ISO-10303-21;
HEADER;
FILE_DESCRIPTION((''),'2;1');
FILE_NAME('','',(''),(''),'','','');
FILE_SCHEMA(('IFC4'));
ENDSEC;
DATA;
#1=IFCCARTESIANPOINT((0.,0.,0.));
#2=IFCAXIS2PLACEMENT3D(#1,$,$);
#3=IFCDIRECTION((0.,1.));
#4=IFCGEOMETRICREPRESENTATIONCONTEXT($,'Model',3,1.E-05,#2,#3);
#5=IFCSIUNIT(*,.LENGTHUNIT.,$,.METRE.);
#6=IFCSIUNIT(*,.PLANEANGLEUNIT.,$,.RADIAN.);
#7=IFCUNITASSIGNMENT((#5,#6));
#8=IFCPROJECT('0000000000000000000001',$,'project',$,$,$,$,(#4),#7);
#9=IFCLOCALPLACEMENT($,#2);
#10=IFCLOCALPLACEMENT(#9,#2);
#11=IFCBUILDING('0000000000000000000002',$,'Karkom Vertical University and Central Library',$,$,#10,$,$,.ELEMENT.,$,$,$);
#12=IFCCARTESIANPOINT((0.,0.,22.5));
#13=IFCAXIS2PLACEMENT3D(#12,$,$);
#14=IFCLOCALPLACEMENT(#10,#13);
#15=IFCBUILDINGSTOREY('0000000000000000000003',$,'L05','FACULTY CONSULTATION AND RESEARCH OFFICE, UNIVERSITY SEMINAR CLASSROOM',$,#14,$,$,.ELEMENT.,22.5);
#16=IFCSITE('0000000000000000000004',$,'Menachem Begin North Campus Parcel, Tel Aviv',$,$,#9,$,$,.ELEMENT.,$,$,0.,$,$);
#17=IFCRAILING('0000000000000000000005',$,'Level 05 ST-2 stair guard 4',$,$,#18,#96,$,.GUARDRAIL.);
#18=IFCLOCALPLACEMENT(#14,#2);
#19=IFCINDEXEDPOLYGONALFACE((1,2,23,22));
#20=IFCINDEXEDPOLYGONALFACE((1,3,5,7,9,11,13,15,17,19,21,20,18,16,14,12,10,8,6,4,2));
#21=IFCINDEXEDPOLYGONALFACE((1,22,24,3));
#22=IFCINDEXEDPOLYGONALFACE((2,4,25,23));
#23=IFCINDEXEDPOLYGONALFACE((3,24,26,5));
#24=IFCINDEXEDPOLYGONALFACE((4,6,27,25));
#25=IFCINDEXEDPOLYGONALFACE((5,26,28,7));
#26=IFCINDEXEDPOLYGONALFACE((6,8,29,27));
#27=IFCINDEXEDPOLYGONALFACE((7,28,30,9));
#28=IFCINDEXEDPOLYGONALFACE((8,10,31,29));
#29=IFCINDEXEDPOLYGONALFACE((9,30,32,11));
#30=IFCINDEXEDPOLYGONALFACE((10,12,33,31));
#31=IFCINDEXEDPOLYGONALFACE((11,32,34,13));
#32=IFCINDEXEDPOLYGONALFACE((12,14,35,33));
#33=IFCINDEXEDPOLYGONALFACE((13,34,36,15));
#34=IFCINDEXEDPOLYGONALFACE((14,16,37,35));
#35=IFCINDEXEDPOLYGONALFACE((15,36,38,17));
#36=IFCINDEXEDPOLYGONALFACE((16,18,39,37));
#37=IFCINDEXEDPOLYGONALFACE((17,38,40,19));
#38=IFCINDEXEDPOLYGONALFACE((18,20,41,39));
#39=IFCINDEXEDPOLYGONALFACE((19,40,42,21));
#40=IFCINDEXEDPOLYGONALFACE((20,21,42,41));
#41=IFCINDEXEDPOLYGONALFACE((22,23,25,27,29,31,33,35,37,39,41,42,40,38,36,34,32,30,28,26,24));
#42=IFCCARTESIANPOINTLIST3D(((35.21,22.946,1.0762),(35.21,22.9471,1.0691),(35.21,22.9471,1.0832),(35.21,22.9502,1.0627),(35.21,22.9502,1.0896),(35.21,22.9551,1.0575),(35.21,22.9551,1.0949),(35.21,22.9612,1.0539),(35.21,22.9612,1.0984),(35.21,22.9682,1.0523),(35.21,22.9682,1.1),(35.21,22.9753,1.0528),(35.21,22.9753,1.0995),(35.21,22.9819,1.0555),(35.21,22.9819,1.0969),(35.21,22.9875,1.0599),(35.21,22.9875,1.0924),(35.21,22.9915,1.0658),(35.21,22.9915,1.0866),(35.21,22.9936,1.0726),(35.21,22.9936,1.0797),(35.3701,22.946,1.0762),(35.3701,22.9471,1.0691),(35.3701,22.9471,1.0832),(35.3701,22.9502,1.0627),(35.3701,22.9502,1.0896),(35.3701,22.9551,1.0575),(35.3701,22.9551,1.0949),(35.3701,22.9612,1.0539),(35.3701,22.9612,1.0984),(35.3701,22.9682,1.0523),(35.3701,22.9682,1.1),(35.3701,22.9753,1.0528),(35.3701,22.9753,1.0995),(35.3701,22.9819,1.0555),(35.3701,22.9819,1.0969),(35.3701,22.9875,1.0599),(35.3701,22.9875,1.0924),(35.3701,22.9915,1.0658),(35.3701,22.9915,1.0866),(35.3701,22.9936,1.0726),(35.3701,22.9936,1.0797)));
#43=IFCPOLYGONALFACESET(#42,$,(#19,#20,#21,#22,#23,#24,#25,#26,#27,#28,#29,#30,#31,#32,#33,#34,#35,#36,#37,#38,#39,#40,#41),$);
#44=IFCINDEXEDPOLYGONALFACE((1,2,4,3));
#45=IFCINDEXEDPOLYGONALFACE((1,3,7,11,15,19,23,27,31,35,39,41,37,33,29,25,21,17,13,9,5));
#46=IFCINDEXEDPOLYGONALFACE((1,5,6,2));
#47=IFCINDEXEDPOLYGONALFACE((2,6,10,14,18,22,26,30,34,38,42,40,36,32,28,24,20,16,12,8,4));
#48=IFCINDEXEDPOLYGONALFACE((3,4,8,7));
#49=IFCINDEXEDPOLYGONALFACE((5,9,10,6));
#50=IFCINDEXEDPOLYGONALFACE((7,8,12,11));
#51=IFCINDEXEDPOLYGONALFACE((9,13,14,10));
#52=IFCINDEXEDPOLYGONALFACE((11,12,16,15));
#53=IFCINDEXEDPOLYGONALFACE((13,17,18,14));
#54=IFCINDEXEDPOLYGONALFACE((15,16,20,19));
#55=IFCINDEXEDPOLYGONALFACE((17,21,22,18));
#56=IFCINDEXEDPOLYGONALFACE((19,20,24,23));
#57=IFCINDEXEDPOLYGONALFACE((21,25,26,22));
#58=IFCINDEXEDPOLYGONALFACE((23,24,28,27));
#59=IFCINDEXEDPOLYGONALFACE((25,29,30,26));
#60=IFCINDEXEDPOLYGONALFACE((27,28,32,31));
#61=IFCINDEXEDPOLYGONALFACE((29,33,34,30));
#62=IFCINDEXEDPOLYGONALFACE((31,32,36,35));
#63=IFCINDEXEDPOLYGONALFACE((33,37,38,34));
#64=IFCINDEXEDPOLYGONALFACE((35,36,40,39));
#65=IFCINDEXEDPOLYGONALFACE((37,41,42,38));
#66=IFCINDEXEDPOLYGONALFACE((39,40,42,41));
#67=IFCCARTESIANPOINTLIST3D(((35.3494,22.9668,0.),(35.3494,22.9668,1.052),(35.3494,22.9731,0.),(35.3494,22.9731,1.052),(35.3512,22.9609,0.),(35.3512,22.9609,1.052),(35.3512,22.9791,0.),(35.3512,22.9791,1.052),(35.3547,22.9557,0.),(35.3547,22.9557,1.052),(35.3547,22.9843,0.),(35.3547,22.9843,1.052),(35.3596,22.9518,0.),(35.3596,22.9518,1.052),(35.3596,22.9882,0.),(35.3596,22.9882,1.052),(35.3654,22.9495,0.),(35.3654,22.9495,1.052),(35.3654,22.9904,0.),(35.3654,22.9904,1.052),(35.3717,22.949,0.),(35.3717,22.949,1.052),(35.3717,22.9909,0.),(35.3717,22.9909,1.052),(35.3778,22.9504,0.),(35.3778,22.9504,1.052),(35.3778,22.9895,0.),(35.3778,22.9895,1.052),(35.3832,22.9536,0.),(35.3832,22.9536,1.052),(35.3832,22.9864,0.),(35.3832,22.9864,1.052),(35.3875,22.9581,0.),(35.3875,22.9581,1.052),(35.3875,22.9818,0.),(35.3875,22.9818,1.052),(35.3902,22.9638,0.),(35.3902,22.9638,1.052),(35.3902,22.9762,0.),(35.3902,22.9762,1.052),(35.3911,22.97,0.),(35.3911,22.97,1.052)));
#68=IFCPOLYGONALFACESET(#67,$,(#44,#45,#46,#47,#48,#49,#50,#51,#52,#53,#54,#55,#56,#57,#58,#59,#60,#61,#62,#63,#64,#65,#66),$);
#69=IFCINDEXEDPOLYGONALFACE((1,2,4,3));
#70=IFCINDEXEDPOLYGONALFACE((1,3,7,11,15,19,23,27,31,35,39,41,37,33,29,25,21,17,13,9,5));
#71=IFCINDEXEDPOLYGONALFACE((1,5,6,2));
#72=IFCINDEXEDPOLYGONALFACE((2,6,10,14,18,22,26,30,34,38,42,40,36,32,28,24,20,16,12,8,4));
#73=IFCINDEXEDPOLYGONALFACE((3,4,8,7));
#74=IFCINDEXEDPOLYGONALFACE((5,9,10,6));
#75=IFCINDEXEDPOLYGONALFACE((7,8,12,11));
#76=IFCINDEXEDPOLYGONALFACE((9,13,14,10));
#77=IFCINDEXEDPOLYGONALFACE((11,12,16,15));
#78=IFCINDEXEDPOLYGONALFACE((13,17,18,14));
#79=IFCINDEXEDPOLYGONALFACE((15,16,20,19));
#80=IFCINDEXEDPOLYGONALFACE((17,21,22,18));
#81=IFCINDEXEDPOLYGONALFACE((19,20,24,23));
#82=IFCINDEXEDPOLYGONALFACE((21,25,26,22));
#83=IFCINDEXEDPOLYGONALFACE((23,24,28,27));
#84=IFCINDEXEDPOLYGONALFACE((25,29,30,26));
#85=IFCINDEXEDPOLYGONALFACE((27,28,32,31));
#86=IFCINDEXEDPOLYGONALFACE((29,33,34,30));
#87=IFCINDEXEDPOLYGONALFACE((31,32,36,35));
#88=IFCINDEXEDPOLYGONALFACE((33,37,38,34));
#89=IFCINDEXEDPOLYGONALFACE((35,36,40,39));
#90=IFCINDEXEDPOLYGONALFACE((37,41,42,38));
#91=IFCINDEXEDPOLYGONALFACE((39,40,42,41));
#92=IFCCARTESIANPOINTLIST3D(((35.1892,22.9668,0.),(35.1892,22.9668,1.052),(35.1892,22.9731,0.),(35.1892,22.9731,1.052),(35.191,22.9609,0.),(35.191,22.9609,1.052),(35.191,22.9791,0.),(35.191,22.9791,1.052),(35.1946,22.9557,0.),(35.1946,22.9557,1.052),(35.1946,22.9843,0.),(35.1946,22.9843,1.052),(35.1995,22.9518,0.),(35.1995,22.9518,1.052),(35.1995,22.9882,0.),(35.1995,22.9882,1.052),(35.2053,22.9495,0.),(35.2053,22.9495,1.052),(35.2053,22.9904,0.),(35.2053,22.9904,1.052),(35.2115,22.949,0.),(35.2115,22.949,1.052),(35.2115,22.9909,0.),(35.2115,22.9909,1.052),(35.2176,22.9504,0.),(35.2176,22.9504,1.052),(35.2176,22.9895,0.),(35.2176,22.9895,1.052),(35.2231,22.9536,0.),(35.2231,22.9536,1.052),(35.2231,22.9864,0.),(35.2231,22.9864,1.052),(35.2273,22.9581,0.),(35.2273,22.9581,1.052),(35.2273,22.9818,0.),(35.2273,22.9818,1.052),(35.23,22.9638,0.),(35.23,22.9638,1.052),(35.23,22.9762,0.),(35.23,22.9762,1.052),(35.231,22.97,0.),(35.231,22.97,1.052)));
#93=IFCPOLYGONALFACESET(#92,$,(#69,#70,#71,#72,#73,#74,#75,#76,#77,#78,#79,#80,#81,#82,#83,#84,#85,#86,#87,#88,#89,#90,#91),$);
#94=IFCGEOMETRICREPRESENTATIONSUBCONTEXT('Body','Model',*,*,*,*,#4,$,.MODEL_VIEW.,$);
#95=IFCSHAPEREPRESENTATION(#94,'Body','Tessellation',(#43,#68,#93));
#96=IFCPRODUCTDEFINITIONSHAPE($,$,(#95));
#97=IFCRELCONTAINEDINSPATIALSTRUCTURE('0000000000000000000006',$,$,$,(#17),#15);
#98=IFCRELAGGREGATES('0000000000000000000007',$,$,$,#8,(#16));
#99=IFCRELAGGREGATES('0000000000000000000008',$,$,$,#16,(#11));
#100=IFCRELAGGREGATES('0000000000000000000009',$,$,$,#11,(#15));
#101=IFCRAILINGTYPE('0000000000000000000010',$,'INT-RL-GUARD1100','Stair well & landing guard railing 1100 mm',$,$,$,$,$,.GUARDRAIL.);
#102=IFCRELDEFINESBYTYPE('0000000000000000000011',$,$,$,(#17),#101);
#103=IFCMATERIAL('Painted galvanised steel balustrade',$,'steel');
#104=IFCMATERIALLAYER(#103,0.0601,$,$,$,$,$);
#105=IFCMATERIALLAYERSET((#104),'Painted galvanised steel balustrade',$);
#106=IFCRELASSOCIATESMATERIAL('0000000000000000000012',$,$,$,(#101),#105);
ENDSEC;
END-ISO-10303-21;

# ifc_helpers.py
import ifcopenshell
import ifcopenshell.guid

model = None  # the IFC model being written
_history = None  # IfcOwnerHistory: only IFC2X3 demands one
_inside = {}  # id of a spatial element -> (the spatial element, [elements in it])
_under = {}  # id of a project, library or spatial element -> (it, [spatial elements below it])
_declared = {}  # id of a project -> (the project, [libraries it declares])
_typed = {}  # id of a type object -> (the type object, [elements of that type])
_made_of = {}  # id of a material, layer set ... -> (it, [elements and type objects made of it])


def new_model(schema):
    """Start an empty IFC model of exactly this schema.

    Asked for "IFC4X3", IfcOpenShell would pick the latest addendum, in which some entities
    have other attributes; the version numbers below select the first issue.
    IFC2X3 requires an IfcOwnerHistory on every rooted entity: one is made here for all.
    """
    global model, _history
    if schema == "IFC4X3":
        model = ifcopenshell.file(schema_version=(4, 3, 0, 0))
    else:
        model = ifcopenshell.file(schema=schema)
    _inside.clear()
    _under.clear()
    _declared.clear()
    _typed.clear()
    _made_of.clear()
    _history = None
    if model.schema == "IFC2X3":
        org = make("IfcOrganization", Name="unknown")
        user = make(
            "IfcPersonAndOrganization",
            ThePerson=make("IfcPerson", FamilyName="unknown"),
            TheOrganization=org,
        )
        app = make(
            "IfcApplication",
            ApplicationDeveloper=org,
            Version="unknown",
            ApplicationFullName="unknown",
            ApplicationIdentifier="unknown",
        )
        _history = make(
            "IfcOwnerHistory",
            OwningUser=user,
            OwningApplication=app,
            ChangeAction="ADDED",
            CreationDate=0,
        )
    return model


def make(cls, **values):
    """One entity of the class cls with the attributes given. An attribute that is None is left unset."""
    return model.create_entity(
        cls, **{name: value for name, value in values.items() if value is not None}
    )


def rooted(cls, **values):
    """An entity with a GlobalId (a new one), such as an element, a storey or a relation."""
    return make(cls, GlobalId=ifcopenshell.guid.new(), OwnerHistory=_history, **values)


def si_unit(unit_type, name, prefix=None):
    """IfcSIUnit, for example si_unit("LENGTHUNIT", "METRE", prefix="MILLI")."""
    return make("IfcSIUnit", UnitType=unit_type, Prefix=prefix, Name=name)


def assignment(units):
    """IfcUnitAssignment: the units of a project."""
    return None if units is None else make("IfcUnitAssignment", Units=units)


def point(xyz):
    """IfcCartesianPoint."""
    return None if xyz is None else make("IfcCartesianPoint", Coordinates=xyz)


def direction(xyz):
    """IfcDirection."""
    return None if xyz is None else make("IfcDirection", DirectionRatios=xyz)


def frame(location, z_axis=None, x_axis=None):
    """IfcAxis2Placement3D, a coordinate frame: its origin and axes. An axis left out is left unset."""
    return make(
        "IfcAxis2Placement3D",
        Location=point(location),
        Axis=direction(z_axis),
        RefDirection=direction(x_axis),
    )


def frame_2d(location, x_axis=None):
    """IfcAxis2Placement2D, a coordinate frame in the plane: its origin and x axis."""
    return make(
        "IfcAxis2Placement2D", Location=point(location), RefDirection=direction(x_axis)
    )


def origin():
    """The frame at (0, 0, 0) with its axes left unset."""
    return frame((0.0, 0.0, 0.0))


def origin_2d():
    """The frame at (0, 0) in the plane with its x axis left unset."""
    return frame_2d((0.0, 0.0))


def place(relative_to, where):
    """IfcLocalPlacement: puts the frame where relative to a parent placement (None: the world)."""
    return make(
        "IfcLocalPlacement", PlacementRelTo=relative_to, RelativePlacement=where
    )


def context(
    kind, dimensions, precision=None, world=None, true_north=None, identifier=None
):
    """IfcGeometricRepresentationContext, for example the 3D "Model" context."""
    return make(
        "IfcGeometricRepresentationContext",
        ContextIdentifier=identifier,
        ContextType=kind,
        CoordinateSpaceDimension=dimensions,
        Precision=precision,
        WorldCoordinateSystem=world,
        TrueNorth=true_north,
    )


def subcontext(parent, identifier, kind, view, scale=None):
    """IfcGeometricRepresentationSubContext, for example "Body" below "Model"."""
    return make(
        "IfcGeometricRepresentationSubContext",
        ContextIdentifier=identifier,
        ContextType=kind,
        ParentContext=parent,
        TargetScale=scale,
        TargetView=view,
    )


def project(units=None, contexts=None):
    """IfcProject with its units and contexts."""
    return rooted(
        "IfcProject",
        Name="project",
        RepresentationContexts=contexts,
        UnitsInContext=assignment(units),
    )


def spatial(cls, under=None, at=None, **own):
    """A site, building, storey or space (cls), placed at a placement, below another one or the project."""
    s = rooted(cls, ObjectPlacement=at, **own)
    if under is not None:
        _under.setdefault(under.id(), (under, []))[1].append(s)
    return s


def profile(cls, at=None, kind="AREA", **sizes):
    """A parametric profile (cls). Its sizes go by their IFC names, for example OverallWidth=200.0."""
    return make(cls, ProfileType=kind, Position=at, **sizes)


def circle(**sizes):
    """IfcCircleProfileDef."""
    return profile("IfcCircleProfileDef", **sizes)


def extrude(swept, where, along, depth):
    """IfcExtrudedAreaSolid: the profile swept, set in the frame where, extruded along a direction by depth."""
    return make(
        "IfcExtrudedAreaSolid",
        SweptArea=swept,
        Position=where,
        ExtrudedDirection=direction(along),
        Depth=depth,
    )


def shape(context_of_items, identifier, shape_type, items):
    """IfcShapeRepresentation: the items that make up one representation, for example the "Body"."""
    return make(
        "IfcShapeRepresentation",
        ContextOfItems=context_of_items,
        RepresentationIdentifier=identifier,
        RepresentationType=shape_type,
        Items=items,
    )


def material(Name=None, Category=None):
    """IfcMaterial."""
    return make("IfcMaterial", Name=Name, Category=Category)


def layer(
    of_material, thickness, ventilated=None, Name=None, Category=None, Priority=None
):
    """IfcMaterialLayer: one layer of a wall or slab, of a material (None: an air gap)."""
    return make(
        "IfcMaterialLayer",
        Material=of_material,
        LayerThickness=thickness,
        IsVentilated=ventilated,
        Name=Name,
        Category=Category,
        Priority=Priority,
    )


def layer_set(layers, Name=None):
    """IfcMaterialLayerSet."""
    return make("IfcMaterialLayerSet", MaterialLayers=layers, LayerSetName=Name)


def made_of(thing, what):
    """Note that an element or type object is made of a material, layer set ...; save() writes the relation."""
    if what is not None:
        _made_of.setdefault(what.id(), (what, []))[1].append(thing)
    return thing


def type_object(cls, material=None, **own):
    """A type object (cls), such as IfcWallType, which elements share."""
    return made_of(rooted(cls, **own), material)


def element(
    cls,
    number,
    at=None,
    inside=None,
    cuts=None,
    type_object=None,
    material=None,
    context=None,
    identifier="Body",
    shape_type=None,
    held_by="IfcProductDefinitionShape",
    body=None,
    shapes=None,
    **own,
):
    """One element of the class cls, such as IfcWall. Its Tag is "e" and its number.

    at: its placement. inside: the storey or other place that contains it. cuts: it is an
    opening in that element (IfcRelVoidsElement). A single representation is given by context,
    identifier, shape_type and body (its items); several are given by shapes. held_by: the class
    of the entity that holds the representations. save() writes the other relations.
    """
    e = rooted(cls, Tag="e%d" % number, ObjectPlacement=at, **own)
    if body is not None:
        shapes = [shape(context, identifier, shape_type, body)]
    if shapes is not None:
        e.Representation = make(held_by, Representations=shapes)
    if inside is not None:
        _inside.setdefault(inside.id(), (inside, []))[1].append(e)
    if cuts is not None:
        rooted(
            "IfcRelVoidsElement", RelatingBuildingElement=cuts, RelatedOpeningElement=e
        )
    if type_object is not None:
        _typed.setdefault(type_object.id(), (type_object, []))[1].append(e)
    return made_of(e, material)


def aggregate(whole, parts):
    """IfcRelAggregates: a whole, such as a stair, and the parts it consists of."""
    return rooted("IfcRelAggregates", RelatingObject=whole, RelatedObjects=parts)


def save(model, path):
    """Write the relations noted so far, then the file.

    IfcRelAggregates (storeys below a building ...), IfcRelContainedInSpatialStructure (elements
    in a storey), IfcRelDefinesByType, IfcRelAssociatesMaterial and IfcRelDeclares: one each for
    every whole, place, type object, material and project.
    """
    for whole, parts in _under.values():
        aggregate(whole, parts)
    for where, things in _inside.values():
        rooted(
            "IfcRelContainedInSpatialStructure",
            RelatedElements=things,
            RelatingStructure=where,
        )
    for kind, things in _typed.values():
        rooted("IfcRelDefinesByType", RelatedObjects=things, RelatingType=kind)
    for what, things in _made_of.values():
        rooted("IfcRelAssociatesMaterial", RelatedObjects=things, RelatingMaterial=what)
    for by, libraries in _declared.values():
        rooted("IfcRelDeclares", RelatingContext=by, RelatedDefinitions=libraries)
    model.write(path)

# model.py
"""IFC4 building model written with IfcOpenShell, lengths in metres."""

from ifc_helpers import new_model, si_unit, direction, frame, origin, origin_2d, place, context, subcontext, project, spatial, circle, extrude, material, layer, layer_set, type_object, element, save


model = new_model("IFC4")

# Units and contexts
model_context = context("Model", 3, precision=1e-05, world=origin(), true_north=direction((0.0, 1.0)))
body_context = subcontext(model_context, "Body", "Model", "MODEL_VIEW")
ifc_project = project(units=[si_unit("LENGTHUNIT", "METRE"), si_unit("PLANEANGLEUNIT", "RADIAN")], contexts=[model_context])

# Site, building, storey
site_placement = place(None, origin())
site = spatial("IfcSite", under=ifc_project, at=site_placement, Name="Menachem Begin North Campus Parcel, Tel Aviv", CompositionType="ELEMENT", RefElevation=0.0)
building_placement = place(site_placement, origin())
building = spatial("IfcBuilding", under=site, at=building_placement, Name="Karkom Vertical University and Central Library", CompositionType="ELEMENT")
storey_placement = place(building_placement, frame((0.0, 0.0, 22.5)))
storey = spatial("IfcBuildingStorey", under=building, at=storey_placement, Name="L05", Description="FACULTY CONSULTATION AND RESEARCH OFFICE, UNIVERSITY SEMINAR CLASSROOM", CompositionType="ELEMENT", Elevation=22.5)

# Railing
ifc_material_1 = material(Name="Painted galvanised steel balustrade", Category="steel")
ifc_layer_1 = layer(ifc_material_1, 0.0601)
ifc_layer_set_1 = layer_set([ifc_layer_1], Name="Painted galvanised steel balustrade")
railing_type_1 = type_object("IfcRailingType", Name="INT-RL-GUARD1100", Description="Stair well & landing guard railing 1100 mm", PredefinedType="GUARDRAIL", material=ifc_layer_set_1)
railing_1_placement = place(storey_placement, frame((35.3701, 22.97, 0.0)))
element("IfcRailing", 1, at=railing_1_placement, inside=storey, type_object=railing_type_1, Name="Level 05 ST-2 stair guard 4", PredefinedType="GUARDRAIL", context=body_context, shape_type="SweptSolid", body=[
    extrude(circle(Radius=0.0239, at=origin_2d()), frame((0.0, 0.0, 1.0762), z_axis=(-1.0, 0.0, 0.0), x_axis=(0.0, -1.0, 0.0)), (0.0, 0.0, 1.0), 0.1602),
    extrude(circle(Radius=0.021, at=origin_2d()), origin(), (0.0, 0.0, 1.0), 1.052),
    extrude(circle(Radius=0.021, at=origin_2d()), frame((-0.1602, 0.0, 0.0)), (0.0, 0.0, 1.0), 1.052),
])

save(model, "model.ifc")
